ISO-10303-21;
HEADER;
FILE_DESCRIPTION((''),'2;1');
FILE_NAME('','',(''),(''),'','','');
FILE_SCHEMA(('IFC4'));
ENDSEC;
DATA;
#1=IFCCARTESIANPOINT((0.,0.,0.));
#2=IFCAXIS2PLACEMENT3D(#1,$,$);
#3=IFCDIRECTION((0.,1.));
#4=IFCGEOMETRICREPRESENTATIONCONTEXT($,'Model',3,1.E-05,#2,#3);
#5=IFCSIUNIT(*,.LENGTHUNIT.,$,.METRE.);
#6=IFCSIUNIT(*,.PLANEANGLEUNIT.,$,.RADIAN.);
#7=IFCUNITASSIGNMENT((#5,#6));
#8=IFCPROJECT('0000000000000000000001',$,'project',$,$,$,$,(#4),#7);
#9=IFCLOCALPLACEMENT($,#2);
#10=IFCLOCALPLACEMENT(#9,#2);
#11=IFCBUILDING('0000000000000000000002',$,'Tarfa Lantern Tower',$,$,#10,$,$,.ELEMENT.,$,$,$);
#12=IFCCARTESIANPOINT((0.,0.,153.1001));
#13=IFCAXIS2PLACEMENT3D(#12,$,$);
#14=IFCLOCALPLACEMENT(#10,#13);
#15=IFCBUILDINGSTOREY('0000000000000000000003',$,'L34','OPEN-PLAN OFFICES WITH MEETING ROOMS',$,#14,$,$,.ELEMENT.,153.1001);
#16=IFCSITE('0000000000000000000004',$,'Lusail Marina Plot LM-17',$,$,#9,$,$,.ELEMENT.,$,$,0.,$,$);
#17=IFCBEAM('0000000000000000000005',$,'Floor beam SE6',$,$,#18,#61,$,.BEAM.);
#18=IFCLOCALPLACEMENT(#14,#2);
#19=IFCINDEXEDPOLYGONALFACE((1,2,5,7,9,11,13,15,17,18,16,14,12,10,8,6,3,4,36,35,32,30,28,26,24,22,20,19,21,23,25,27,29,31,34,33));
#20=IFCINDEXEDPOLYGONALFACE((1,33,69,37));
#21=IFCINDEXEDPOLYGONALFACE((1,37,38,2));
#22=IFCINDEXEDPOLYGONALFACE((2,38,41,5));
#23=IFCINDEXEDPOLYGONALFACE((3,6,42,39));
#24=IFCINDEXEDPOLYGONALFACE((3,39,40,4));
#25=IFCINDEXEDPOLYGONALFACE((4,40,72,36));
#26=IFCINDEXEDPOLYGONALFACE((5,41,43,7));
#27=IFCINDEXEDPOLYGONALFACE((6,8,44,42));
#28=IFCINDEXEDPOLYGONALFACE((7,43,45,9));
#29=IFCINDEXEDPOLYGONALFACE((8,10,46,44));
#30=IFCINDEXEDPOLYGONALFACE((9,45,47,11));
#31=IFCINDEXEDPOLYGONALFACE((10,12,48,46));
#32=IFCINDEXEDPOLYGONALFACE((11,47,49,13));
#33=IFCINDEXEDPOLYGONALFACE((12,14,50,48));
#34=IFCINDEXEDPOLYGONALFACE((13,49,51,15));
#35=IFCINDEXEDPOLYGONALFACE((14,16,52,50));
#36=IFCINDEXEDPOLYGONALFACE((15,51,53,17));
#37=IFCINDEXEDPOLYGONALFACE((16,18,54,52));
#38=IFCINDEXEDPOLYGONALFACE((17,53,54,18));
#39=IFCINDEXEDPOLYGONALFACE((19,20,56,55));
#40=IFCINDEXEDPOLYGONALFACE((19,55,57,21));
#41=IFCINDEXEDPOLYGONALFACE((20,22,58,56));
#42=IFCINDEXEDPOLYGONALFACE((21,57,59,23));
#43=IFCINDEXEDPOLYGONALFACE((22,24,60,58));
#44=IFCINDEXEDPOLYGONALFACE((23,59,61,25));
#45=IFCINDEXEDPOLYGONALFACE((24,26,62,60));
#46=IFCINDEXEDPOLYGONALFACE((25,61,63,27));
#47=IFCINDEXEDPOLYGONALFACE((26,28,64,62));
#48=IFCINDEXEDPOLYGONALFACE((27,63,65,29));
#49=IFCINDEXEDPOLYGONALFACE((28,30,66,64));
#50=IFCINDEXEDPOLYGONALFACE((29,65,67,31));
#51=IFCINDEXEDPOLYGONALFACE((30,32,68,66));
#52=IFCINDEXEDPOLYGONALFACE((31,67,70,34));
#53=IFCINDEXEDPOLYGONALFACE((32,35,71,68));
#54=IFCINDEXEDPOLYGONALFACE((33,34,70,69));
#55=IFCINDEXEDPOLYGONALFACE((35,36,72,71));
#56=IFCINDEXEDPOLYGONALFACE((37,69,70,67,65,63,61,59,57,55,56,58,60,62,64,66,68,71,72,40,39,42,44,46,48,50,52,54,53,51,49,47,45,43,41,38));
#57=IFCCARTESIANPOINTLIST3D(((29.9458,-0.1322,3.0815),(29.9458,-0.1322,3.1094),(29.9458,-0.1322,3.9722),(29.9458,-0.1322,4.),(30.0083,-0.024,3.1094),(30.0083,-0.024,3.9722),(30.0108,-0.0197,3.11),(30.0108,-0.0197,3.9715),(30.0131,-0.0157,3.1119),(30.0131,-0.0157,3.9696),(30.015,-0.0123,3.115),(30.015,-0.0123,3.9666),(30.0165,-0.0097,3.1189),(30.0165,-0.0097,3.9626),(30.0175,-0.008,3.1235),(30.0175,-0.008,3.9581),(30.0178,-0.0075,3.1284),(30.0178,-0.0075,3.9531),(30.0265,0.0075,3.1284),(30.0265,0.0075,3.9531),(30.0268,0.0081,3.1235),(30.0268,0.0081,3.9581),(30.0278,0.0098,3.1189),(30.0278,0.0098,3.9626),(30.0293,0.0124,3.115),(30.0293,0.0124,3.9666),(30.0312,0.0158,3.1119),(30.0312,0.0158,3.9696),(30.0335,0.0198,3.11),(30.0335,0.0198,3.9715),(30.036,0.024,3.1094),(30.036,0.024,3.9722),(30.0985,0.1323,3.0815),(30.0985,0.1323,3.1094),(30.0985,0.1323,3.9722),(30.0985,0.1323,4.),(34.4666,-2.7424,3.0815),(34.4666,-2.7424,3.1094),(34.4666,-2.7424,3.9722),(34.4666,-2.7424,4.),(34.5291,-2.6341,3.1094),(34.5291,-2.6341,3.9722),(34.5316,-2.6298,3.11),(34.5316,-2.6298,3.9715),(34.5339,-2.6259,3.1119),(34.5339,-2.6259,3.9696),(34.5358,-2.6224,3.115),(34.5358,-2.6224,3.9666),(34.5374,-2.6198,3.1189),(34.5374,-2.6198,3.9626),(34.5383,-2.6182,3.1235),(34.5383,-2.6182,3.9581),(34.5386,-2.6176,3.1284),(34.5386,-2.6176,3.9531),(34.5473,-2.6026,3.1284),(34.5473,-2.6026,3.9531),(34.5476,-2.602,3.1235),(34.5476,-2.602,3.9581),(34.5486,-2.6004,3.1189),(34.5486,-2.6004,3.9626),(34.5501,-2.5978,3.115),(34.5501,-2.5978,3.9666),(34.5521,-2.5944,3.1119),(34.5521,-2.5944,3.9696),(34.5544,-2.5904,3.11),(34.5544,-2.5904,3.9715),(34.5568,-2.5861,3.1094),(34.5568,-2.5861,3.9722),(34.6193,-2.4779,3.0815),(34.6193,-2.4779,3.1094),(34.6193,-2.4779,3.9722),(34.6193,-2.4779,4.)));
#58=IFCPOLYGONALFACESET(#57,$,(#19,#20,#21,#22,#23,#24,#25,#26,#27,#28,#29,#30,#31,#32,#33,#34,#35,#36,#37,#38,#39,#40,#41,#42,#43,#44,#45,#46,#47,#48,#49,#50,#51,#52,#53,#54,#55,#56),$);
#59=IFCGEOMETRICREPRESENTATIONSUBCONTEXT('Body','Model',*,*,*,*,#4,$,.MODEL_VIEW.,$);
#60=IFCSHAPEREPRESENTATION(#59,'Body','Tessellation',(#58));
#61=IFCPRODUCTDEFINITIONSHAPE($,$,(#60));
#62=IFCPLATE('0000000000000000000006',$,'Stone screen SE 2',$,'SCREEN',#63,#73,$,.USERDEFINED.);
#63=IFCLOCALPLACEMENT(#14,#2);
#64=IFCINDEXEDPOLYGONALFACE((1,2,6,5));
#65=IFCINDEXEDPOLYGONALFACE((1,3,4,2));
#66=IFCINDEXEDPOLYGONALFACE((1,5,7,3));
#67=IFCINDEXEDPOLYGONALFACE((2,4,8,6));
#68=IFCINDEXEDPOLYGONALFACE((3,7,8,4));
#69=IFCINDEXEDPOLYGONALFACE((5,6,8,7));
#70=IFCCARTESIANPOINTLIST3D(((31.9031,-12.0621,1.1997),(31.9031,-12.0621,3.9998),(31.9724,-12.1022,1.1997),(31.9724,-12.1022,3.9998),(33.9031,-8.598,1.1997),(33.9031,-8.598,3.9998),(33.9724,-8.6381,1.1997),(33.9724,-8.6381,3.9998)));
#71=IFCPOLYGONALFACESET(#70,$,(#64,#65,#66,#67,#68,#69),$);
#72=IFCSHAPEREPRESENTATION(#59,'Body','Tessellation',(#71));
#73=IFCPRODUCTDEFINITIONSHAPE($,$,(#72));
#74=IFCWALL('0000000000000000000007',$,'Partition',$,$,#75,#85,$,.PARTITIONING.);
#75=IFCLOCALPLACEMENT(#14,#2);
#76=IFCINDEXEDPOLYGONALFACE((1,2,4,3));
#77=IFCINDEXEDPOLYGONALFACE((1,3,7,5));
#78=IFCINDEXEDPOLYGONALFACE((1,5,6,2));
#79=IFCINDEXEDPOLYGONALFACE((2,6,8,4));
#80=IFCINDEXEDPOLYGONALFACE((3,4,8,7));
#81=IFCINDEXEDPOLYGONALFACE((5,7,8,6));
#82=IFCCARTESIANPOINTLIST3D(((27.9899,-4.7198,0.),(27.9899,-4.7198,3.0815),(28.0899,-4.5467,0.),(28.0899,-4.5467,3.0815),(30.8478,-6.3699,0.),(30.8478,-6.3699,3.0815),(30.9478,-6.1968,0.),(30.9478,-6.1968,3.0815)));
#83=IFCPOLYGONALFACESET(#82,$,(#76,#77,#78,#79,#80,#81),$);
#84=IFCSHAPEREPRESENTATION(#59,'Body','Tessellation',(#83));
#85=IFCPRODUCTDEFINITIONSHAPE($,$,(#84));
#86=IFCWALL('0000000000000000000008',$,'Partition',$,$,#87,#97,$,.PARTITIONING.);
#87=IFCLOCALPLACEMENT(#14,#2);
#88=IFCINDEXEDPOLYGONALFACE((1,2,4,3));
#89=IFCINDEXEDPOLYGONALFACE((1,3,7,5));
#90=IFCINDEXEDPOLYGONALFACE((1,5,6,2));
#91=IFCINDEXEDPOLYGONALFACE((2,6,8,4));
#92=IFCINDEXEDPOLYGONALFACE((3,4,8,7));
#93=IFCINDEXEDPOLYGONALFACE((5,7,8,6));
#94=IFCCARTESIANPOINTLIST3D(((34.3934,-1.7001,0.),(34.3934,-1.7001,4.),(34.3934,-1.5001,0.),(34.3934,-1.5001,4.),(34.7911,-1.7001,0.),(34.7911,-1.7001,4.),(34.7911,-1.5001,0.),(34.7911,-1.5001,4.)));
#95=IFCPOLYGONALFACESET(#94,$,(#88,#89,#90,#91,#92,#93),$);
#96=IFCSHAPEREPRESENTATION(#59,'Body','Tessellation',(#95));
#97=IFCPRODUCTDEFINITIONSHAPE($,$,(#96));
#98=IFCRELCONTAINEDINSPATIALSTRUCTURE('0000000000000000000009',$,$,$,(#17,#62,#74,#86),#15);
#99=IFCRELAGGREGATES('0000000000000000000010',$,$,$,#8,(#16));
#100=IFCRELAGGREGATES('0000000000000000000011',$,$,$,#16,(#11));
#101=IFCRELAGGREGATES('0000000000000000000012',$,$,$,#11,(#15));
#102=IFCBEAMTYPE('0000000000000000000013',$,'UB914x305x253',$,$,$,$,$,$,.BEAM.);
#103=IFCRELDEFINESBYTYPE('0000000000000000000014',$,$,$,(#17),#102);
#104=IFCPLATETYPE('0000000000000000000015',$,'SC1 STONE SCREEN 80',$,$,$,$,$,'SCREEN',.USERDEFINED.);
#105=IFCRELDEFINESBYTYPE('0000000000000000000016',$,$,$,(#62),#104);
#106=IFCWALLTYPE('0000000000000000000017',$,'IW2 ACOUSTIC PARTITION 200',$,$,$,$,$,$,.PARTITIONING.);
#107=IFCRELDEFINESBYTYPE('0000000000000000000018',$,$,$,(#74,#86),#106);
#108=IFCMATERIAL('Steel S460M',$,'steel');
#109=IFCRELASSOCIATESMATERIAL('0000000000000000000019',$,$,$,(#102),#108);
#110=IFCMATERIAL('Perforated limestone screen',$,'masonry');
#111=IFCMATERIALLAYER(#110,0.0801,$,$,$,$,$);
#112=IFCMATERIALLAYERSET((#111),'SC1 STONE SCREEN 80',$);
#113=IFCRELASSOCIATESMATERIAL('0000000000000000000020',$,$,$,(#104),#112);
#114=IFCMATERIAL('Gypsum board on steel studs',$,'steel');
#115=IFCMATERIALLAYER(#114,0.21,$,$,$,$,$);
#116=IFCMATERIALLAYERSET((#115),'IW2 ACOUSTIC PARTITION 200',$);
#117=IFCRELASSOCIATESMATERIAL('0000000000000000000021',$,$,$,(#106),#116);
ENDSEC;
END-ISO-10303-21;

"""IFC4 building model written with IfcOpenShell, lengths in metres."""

from ifc_helpers import new_model, si_unit, direction, frame, frame_2d, origin, origin_2d, place, context, subcontext, project, spatial, rectangle, i_section, extrude, material, layer, layer_set, material_profile, profile_set, type_object, element, save


model = new_model("IFC4")

# Units and contexts
model_context = context("Model", 3, precision=1e-05, world=origin(), true_north=direction((0.0, 1.0)))
body_context = subcontext(model_context, "Body", "Model", "MODEL_VIEW")
ifc_project = project(units=[si_unit("LENGTHUNIT", "METRE"), si_unit("PLANEANGLEUNIT", "RADIAN")], contexts=[model_context])

# Site, building, storey
site_placement = place(None, origin())
site = spatial("IfcSite", under=ifc_project, at=site_placement, Name="Lusail Marina Plot LM-17", CompositionType="ELEMENT", RefElevation=0.0)
building_placement = place(site_placement, origin())
building = spatial("IfcBuilding", under=site, at=building_placement, Name="Tarfa Lantern Tower", CompositionType="ELEMENT")
storey_placement = place(building_placement, frame((0.0, 0.0, 153.1001)))
storey = spatial("IfcBuildingStorey", under=building, at=storey_placement, Name="L34", Description="OPEN-PLAN OFFICES WITH MEETING ROOMS", CompositionType="ELEMENT", Elevation=153.1001)

# Beam
ifc_material_1 = material(Name="Steel S460M", Category="steel")
ifc_material_profile_1 = material_profile(ifc_material_1, i_section(OverallWidth=0.3054, OverallDepth=0.9185, WebThickness=0.0173, FlangeThickness=0.0278, FilletRadius=0.019, at=origin_2d()), Name="UB914x305x253")
ifc_profile_set_1 = profile_set([ifc_material_profile_1], Name="Steel S460M")
beam_type_1 = type_object("IfcBeamType", Name="UB914x305x253", PredefinedType="BEAM", material=ifc_profile_set_1)
beam_1_placement = place(storey_placement, frame((34.543, -2.6101, 3.5408), z_axis=(-0.866021, 0.500007, 0.0), x_axis=(-0.500007, -0.866021, 0.0)))
element("IfcBeam", 1, at=beam_1_placement, inside=storey, type_object=beam_type_1, Name="Floor beam SE6", PredefinedType="BEAM", context=body_context, shape_type="SweptSolid", body=[
    extrude(i_section(OverallWidth=0.3054, OverallDepth=0.9185, WebThickness=0.0173, FlangeThickness=0.0278, FilletRadius=0.019, at=origin_2d()), origin(), (0.0, 0.0, 1.0), 5.2202),
])

# Plate
ifc_material_2 = material(Name="Perforated limestone screen", Category="masonry")
ifc_layer_1 = layer(ifc_material_2, 0.0801)
ifc_layer_set_1 = layer_set([ifc_layer_1], Name="SC1 STONE SCREEN 80")
plate_type = type_object("IfcPlateType", Name="SC1 STONE SCREEN 80", ElementType="SCREEN", PredefinedType="USERDEFINED", material=ifc_layer_set_1)
plate_placement = place(storey_placement, frame((32.9377, -10.3501, 1.1997), z_axis=(0.0, 0.0, 1.0), x_axis=(0.5, 0.866025, 0.0)))
element("IfcPlate", 2, at=plate_placement, inside=storey, type_object=plate_type, Name="Stone screen SE 2", ObjectType="SCREEN", PredefinedType="USERDEFINED", context=body_context, shape_type="SweptSolid", body=[
    extrude(rectangle(XDim=4.0, YDim=0.0801, at=origin_2d()), origin(), (0.0, 0.0, 1.0), 2.8),
])

# Walls
ifc_material_3 = material(Name="Gypsum board on steel studs", Category="steel")
ifc_layer_2 = layer(ifc_material_3, 0.21)
ifc_layer_set_2 = layer_set([ifc_layer_2], Name="IW2 ACOUSTIC PARTITION 200")
wall_type = type_object("IfcWallType", Name="IW2 ACOUSTIC PARTITION 200", PredefinedType="PARTITIONING", material=ifc_layer_set_2)
wall_1_placement = place(storey_placement, frame((28.04, -4.6333, 0.0), z_axis=(0.0, 0.0, 1.0), x_axis=(0.866008, -0.50003, 0.0)))
element("IfcWall", 3, at=wall_1_placement, inside=storey, type_object=wall_type, Name="Partition", PredefinedType="PARTITIONING", context=body_context, shape_type="SweptSolid", body=[
    extrude(rectangle(XDim=3.3, YDim=0.2, at=frame_2d((1.6499, 0.0))), origin(), (0.0, 0.0, 1.0), 3.0815),
])
wall_2_placement = place(storey_placement, frame((34.3936, -1.6001, 0.0), z_axis=(0.0, 0.0, 1.0), x_axis=(1.0, 0.0, 0.0)))
element("IfcWall", 4, at=wall_2_placement, inside=storey, type_object=wall_type, Name="Partition", PredefinedType="PARTITIONING", context=body_context, shape_type="SweptSolid", body=[
    extrude(rectangle(XDim=0.3977, YDim=0.2, at=frame_2d((0.1987, 0.0))), origin(), (0.0, 0.0, 1.0), 4.0),
])

save(model, "model.ifc")
